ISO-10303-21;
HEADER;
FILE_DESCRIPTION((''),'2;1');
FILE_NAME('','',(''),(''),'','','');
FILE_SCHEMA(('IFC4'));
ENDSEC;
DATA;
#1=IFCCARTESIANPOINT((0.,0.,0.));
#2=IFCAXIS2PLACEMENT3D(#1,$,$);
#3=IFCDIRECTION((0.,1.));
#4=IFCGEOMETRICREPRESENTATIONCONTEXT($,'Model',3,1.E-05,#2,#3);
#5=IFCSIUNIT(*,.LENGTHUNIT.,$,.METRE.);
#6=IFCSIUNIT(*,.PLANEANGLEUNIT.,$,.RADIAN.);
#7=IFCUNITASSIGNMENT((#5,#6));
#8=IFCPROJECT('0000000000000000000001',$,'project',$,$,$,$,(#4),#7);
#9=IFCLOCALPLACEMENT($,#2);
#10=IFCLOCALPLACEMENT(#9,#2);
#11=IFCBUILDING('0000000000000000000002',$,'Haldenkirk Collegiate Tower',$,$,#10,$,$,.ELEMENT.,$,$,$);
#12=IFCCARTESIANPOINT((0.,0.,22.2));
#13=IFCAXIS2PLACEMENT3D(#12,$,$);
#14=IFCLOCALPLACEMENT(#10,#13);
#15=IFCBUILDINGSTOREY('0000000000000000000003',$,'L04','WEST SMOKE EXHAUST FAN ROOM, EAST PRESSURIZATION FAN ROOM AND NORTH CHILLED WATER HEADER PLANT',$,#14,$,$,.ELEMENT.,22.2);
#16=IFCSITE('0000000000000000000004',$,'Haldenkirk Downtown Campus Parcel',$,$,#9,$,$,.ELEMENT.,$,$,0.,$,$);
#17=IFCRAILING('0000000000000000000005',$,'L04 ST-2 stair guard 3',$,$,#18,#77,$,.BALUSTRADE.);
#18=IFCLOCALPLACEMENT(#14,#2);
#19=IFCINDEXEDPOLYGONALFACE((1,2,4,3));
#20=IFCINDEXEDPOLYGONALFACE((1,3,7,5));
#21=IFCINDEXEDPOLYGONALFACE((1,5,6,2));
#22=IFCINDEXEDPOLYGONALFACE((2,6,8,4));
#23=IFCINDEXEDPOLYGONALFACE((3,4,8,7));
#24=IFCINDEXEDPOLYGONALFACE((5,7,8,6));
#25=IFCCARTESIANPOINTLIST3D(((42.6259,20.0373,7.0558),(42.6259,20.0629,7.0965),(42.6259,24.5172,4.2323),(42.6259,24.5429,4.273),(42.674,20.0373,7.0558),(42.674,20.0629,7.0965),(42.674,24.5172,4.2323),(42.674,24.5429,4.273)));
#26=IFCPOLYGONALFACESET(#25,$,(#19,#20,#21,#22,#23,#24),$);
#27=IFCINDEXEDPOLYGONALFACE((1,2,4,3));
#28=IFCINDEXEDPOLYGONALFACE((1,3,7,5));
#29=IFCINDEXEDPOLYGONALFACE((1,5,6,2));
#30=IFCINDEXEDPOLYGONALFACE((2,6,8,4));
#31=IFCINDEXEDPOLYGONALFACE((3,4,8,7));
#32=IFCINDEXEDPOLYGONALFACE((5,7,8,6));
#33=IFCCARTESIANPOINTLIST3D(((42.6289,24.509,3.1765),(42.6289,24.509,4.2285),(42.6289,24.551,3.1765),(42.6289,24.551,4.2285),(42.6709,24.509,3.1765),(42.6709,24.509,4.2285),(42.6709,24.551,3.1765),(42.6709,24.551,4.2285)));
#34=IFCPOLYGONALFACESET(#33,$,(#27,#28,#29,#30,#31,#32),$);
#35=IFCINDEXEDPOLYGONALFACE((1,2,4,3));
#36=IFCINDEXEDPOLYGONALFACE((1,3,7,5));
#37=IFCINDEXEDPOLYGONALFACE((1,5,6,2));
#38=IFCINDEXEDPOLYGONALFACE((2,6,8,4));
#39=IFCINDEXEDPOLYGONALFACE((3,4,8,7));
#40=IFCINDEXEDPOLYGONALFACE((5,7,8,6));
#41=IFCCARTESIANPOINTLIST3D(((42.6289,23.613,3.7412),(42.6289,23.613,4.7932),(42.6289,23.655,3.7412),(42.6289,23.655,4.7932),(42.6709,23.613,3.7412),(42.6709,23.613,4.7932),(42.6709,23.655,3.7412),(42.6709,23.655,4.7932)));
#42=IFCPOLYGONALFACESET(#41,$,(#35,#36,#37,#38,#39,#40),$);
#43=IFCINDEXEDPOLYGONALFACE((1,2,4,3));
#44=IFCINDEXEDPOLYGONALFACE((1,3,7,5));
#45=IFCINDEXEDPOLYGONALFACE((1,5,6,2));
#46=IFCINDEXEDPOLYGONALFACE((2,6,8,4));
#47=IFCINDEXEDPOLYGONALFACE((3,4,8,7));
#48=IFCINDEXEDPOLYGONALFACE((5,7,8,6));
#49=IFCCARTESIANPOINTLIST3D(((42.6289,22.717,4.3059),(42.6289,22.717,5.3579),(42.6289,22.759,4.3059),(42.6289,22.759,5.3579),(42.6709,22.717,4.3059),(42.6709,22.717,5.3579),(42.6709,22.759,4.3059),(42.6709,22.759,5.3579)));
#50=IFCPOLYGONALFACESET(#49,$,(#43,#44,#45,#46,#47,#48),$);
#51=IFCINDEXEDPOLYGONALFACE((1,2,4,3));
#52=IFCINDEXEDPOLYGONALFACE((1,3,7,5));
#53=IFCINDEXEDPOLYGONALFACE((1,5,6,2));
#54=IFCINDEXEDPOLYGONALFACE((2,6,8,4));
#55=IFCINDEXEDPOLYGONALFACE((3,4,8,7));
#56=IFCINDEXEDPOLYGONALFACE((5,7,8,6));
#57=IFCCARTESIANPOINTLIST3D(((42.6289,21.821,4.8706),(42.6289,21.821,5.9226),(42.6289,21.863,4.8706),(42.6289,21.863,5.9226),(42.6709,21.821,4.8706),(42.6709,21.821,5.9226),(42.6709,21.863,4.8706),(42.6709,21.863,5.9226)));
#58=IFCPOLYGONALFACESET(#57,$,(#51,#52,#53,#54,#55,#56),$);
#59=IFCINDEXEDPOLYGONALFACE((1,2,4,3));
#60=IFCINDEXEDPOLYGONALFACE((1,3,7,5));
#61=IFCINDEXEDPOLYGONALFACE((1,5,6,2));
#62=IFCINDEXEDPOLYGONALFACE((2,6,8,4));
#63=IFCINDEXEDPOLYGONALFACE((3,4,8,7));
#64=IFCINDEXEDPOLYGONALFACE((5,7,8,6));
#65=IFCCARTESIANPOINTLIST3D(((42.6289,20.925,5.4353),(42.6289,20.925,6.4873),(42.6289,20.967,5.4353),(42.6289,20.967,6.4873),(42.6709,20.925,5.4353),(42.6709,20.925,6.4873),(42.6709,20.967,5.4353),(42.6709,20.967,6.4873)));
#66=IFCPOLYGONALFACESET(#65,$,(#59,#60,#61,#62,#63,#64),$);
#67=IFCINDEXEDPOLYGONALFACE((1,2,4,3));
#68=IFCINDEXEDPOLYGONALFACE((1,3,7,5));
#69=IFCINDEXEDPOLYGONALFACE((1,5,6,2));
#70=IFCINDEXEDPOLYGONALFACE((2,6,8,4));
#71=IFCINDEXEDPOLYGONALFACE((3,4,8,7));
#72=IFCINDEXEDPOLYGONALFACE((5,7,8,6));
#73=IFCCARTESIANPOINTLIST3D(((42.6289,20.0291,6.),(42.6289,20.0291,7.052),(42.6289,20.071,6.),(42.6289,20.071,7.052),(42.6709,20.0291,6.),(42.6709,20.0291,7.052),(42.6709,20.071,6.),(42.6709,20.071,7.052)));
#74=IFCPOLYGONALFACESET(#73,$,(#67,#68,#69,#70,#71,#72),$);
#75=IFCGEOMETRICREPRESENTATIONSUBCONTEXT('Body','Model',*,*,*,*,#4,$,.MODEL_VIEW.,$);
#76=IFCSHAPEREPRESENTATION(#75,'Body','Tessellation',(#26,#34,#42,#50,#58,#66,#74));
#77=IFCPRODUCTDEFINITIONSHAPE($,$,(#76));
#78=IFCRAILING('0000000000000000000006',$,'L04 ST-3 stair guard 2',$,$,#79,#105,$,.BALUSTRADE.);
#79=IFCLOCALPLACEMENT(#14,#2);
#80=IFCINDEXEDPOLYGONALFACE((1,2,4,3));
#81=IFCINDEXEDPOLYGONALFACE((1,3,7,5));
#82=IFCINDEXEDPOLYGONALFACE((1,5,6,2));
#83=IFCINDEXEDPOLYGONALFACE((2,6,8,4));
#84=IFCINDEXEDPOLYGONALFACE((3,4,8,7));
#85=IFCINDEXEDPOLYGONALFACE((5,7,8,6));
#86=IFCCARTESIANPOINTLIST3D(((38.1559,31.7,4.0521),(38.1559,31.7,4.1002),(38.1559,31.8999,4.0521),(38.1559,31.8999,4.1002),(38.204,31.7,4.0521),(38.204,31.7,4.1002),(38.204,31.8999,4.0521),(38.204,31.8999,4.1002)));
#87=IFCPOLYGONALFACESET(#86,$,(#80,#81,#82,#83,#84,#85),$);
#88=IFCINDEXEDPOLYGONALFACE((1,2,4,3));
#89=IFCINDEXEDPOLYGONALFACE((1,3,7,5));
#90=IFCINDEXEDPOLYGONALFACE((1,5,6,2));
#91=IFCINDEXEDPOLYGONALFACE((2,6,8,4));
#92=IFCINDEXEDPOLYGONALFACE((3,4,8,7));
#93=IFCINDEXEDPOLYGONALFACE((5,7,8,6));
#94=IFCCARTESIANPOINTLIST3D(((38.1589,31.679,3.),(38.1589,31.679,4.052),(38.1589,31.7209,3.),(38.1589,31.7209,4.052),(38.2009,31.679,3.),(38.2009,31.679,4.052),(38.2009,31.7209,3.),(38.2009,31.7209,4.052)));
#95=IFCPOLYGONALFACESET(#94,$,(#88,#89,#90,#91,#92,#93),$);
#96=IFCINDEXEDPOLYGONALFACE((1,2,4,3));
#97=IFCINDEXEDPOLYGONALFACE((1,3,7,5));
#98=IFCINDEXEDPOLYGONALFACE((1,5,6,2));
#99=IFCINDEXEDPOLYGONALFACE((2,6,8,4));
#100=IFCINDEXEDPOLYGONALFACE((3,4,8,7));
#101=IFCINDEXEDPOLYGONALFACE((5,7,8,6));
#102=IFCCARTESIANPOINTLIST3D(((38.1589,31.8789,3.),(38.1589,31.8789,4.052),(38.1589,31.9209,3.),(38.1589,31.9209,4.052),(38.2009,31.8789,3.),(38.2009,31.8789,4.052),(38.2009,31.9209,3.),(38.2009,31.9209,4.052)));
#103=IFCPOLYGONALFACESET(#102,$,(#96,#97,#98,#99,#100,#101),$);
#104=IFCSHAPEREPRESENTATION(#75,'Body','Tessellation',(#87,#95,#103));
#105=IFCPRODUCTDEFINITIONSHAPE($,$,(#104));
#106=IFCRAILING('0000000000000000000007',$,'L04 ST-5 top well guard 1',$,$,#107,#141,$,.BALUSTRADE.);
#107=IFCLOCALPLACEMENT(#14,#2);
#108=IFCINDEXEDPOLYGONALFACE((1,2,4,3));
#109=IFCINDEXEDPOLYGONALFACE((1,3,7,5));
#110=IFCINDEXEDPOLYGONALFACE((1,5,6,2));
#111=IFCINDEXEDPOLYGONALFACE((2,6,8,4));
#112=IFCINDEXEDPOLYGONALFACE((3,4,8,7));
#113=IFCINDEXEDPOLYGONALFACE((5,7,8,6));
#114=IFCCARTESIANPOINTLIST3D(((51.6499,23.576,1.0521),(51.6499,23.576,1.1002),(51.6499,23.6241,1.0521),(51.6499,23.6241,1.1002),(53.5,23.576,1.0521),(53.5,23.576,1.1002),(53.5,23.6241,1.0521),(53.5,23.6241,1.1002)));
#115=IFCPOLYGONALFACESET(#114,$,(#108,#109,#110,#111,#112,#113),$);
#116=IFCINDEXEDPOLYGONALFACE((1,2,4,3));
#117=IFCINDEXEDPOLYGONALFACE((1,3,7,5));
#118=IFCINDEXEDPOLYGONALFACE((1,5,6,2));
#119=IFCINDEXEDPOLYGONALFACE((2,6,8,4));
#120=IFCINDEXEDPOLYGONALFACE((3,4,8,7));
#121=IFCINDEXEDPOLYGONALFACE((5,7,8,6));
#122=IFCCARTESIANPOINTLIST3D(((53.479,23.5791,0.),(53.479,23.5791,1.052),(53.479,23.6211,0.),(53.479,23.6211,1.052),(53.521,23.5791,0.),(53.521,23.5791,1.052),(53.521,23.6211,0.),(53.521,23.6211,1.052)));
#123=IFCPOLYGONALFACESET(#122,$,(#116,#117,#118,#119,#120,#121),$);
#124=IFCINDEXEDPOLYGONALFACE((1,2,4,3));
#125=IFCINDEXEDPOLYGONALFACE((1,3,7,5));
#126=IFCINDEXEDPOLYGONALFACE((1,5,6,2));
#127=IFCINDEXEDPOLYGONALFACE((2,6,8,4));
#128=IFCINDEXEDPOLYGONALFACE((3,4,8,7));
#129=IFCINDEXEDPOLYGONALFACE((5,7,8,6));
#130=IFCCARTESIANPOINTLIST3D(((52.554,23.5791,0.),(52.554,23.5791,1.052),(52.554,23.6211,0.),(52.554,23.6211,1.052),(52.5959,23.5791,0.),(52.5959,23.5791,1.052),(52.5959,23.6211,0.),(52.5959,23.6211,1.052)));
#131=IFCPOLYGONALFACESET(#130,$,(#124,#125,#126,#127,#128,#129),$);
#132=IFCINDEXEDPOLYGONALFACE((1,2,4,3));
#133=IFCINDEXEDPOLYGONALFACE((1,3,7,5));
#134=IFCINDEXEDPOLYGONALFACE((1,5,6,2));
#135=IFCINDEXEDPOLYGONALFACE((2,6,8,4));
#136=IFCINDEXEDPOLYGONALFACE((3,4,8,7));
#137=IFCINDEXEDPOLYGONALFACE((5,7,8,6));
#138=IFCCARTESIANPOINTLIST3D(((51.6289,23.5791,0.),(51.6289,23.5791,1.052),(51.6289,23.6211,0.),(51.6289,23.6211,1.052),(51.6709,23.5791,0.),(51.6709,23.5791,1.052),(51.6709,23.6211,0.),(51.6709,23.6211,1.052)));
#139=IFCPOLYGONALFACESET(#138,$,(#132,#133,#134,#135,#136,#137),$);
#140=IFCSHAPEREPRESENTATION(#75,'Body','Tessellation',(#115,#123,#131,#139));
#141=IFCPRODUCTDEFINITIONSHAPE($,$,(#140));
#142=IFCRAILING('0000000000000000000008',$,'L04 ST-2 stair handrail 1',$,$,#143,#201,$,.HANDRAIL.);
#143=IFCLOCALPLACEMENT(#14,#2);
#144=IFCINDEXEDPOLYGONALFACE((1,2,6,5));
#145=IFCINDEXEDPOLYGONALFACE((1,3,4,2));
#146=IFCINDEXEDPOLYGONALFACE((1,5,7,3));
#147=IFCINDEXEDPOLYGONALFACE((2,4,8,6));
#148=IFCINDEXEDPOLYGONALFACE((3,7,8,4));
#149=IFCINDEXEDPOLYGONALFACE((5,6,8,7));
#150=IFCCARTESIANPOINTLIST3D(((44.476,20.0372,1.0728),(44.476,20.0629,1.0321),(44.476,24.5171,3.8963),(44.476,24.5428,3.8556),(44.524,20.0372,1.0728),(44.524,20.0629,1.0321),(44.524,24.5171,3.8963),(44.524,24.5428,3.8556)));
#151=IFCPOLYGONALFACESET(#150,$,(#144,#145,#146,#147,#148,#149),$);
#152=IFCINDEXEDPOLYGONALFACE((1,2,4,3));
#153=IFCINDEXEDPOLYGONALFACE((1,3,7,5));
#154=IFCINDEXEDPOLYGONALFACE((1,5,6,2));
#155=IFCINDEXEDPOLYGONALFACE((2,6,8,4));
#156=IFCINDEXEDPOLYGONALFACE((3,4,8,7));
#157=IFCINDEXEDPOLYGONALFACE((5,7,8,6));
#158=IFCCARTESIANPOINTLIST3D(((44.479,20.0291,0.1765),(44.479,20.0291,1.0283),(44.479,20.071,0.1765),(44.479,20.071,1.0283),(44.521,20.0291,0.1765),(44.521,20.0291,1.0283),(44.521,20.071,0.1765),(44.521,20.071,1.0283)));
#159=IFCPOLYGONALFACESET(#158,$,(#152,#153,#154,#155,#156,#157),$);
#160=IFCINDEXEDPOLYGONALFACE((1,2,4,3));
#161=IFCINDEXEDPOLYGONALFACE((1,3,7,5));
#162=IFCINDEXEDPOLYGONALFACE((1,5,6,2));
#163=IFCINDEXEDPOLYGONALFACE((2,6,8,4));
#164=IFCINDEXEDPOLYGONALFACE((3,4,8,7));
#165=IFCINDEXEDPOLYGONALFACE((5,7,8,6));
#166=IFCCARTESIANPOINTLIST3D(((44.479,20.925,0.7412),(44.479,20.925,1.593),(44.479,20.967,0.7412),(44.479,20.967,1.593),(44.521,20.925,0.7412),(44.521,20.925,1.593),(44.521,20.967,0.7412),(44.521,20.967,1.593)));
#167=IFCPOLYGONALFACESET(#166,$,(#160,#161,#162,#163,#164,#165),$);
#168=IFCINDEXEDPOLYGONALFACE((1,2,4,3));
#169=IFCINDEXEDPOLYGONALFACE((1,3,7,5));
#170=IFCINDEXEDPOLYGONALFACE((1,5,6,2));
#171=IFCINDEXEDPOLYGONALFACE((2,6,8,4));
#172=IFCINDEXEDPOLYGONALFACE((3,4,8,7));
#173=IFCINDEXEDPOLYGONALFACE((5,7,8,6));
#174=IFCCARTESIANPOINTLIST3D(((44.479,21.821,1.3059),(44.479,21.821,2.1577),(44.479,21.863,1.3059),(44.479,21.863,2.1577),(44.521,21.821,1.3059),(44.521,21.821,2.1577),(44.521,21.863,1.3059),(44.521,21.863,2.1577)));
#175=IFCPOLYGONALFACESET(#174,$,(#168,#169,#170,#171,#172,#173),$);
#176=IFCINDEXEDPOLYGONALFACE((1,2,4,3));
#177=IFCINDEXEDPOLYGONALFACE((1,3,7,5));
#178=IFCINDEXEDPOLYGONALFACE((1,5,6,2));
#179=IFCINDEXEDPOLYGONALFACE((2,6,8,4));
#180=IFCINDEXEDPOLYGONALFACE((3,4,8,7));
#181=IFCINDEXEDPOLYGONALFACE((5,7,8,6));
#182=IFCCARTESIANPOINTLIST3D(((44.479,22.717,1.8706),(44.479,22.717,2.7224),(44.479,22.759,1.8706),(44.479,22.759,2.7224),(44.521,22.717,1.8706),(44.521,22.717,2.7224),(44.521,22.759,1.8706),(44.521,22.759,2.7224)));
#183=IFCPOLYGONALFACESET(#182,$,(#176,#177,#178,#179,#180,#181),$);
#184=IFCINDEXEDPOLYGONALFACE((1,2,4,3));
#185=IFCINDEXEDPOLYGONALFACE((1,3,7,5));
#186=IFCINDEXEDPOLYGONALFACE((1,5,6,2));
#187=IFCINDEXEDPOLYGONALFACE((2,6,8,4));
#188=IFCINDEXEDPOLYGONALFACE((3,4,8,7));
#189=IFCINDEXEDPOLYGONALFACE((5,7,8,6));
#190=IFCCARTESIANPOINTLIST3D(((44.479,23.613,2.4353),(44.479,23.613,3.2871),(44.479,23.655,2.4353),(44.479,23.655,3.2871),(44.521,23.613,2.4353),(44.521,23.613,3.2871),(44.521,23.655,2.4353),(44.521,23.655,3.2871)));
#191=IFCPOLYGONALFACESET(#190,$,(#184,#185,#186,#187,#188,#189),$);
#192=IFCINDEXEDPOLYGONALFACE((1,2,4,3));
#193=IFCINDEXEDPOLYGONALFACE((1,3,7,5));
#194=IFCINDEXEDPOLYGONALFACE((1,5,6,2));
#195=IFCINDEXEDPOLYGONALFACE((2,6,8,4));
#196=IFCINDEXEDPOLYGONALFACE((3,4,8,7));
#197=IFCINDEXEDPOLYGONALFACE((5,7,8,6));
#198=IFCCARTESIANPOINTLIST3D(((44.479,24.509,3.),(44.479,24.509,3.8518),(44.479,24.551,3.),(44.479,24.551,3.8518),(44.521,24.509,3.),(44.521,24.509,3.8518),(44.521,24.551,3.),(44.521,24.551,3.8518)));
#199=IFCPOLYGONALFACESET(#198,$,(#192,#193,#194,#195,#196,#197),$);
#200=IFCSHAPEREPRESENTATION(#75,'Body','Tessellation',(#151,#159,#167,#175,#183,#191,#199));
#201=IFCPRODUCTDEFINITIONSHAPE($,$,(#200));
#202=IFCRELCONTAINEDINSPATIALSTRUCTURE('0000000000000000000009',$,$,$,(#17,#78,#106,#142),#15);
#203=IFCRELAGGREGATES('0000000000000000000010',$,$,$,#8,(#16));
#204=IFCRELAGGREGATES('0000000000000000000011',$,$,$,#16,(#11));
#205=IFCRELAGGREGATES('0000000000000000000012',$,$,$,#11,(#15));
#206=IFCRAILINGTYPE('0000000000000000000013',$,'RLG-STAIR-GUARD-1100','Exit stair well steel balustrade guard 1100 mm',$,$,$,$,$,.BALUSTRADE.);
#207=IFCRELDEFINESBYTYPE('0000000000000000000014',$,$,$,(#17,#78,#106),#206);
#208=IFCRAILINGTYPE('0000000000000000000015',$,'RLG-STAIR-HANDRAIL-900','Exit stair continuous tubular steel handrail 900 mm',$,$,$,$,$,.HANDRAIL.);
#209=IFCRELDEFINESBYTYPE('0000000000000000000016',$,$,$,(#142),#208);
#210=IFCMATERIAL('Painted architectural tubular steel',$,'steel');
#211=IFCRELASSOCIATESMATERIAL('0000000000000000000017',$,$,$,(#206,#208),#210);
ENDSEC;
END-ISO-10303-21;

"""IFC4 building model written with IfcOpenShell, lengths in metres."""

from ifc_helpers import new_model, si_unit, direction, frame, origin, origin_2d, place, context, subcontext, project, spatial, rectangle, extrude, material, type_object, element, save


model = new_model("IFC4")

# Units and contexts
model_context = context("Model", 3, precision=1e-05, world=origin(), true_north=direction((0.0, 1.0)))
body_context = subcontext(model_context, "Body", "Model", "MODEL_VIEW")
ifc_project = project(units=[si_unit("LENGTHUNIT", "METRE"), si_unit("PLANEANGLEUNIT", "RADIAN")], contexts=[model_context])

# Site, building, storey
site_placement = place(None, origin())
site = spatial("IfcSite", under=ifc_project, at=site_placement, Name="Haldenkirk Downtown Campus Parcel", CompositionType="ELEMENT", RefElevation=0.0)
building_placement = place(site_placement, origin())
building = spatial("IfcBuilding", under=site, at=building_placement, Name="Haldenkirk Collegiate Tower", CompositionType="ELEMENT")
storey_placement = place(building_placement, frame((0.0, 0.0, 22.2)))
storey = spatial("IfcBuildingStorey", under=building, at=storey_placement, Name="L04", Description="WEST SMOKE EXHAUST FAN ROOM, EAST PRESSURIZATION FAN ROOM AND NORTH CHILLED WATER HEADER PLANT", CompositionType="ELEMENT", Elevation=22.2)

# Railings
ifc_material_1 = material(Name="Painted architectural tubular steel", Category="steel")
railing_type_1 = type_object("IfcRailingType", Name="RLG-STAIR-GUARD-1100", Description="Exit stair well steel balustrade guard 1100 mm", PredefinedType="BALUSTRADE", material=ifc_material_1)
railing_1_placement = place(storey_placement, frame((42.6499, 24.53, 3.1765)))
element("IfcRailing", 1, at=railing_1_placement, inside=storey, type_object=railing_type_1, Name="L04 ST-2 stair guard 3", PredefinedType="BALUSTRADE", context=body_context, shape_type="SweptSolid", body=[
    extrude(rectangle(XDim=0.0481, YDim=0.0481, at=origin_2d()), frame((0.0, 0.0, 1.0762), z_axis=(0.0, -0.845998, 0.533186), x_axis=(1.0, 0.0, 0.0)), (0.0, 0.0, 1.0), 5.2954),
    extrude(rectangle(XDim=0.042, YDim=0.042, at=origin_2d()), origin(), (0.0, 0.0, 1.0), 1.052),
    extrude(rectangle(XDim=0.042, YDim=0.042, at=origin_2d()), frame((0.0, -0.896, 0.5647)), (0.0, 0.0, 1.0), 1.052),
    extrude(rectangle(XDim=0.042, YDim=0.042, at=origin_2d()), frame((0.0, -1.792, 1.1294)), (0.0, 0.0, 1.0), 1.052),
    extrude(rectangle(XDim=0.042, YDim=0.042, at=origin_2d()), frame((0.0, -2.688, 1.6941)), (0.0, 0.0, 1.0), 1.052),
    extrude(rectangle(XDim=0.042, YDim=0.042, at=origin_2d()), frame((0.0, -3.584, 2.2588)), (0.0, 0.0, 1.0), 1.052),
    extrude(rectangle(XDim=0.042, YDim=0.042, at=origin_2d()), frame((0.0, -4.48, 2.8235)), (0.0, 0.0, 1.0), 1.052),
])
railing_2_placement = place(storey_placement, frame((38.1799, 31.7, 3.0)))
element("IfcRailing", 2, at=railing_2_placement, inside=storey, type_object=railing_type_1, Name="L04 ST-3 stair guard 2", PredefinedType="BALUSTRADE", context=body_context, shape_type="SweptSolid", body=[
    extrude(rectangle(XDim=0.0481, YDim=0.0481, at=origin_2d()), frame((0.0, 0.0, 1.0762), z_axis=(0.0, 1.0, 0.0), x_axis=(-1.0, 0.0, 0.0)), (0.0, 0.0, 1.0), 0.2),
    extrude(rectangle(XDim=0.042, YDim=0.042, at=origin_2d()), origin(), (0.0, 0.0, 1.0), 1.052),
    extrude(rectangle(XDim=0.042, YDim=0.042, at=origin_2d()), frame((0.0, 0.2, 0.0)), (0.0, 0.0, 1.0), 1.052),
])
railing_3_placement = place(storey_placement, frame((53.5, 23.6001, 0.0)))
element("IfcRailing", 3, at=railing_3_placement, inside=storey, type_object=railing_type_1, Name="L04 ST-5 top well guard 1", PredefinedType="BALUSTRADE", context=body_context, shape_type="SweptSolid", body=[
    extrude(rectangle(XDim=0.0481, YDim=0.0481, at=origin_2d()), frame((0.0, 0.0, 1.0762), z_axis=(-1.0, 0.0, 0.0), x_axis=(0.0, -1.0, 0.0)), (0.0, 0.0, 1.0), 1.8501),
    extrude(rectangle(XDim=0.042, YDim=0.042, at=origin_2d()), origin(), (0.0, 0.0, 1.0), 1.052),
    extrude(rectangle(XDim=0.042, YDim=0.042, at=origin_2d()), frame((-0.925, 0.0, 0.0)), (0.0, 0.0, 1.0), 1.052),
    extrude(rectangle(XDim=0.042, YDim=0.042, at=origin_2d()), frame((-1.8501, 0.0, 0.0)), (0.0, 0.0, 1.0), 1.052),
])
railing_type_2 = type_object("IfcRailingType", Name="RLG-STAIR-HANDRAIL-900", Description="Exit stair continuous tubular steel handrail 900 mm", PredefinedType="HANDRAIL", material=ifc_material_1)
railing_4_placement = place(storey_placement, frame((44.5, 20.05, 0.1765)))
element("IfcRailing", 4, at=railing_4_placement, inside=storey, type_object=railing_type_2, Name="L04 ST-2 stair handrail 1", PredefinedType="HANDRAIL", context=body_context, shape_type="SweptSolid", body=[
    extrude(rectangle(XDim=0.0481, YDim=0.0481, at=origin_2d()), frame((0.0, 0.0, 0.876), z_axis=(0.0, 0.845998, 0.533186), x_axis=(-1.0, 0.0, 0.0)), (0.0, 0.0, 1.0), 5.2954),
    extrude(rectangle(XDim=0.042, YDim=0.042, at=origin_2d()), origin(), (0.0, 0.0, 1.0), 0.8518),
    extrude(rectangle(XDim=0.042, YDim=0.042, at=origin_2d()), frame((0.0, 0.896, 0.5647)), (0.0, 0.0, 1.0), 0.8518),
    extrude(rectangle(XDim=0.042, YDim=0.042, at=origin_2d()), frame((0.0, 1.792, 1.1294)), (0.0, 0.0, 1.0), 0.8518),
    extrude(rectangle(XDim=0.042, YDim=0.042, at=origin_2d()), frame((0.0, 2.688, 1.6941)), (0.0, 0.0, 1.0), 0.8518),
    extrude(rectangle(XDim=0.042, YDim=0.042, at=origin_2d()), frame((0.0, 3.584, 2.2588)), (0.0, 0.0, 1.0), 0.8518),
    extrude(rectangle(XDim=0.042, YDim=0.042, at=origin_2d()), frame((0.0, 4.48, 2.8235)), (0.0, 0.0, 1.0), 0.8518),
])

save(model, "model.ifc")
